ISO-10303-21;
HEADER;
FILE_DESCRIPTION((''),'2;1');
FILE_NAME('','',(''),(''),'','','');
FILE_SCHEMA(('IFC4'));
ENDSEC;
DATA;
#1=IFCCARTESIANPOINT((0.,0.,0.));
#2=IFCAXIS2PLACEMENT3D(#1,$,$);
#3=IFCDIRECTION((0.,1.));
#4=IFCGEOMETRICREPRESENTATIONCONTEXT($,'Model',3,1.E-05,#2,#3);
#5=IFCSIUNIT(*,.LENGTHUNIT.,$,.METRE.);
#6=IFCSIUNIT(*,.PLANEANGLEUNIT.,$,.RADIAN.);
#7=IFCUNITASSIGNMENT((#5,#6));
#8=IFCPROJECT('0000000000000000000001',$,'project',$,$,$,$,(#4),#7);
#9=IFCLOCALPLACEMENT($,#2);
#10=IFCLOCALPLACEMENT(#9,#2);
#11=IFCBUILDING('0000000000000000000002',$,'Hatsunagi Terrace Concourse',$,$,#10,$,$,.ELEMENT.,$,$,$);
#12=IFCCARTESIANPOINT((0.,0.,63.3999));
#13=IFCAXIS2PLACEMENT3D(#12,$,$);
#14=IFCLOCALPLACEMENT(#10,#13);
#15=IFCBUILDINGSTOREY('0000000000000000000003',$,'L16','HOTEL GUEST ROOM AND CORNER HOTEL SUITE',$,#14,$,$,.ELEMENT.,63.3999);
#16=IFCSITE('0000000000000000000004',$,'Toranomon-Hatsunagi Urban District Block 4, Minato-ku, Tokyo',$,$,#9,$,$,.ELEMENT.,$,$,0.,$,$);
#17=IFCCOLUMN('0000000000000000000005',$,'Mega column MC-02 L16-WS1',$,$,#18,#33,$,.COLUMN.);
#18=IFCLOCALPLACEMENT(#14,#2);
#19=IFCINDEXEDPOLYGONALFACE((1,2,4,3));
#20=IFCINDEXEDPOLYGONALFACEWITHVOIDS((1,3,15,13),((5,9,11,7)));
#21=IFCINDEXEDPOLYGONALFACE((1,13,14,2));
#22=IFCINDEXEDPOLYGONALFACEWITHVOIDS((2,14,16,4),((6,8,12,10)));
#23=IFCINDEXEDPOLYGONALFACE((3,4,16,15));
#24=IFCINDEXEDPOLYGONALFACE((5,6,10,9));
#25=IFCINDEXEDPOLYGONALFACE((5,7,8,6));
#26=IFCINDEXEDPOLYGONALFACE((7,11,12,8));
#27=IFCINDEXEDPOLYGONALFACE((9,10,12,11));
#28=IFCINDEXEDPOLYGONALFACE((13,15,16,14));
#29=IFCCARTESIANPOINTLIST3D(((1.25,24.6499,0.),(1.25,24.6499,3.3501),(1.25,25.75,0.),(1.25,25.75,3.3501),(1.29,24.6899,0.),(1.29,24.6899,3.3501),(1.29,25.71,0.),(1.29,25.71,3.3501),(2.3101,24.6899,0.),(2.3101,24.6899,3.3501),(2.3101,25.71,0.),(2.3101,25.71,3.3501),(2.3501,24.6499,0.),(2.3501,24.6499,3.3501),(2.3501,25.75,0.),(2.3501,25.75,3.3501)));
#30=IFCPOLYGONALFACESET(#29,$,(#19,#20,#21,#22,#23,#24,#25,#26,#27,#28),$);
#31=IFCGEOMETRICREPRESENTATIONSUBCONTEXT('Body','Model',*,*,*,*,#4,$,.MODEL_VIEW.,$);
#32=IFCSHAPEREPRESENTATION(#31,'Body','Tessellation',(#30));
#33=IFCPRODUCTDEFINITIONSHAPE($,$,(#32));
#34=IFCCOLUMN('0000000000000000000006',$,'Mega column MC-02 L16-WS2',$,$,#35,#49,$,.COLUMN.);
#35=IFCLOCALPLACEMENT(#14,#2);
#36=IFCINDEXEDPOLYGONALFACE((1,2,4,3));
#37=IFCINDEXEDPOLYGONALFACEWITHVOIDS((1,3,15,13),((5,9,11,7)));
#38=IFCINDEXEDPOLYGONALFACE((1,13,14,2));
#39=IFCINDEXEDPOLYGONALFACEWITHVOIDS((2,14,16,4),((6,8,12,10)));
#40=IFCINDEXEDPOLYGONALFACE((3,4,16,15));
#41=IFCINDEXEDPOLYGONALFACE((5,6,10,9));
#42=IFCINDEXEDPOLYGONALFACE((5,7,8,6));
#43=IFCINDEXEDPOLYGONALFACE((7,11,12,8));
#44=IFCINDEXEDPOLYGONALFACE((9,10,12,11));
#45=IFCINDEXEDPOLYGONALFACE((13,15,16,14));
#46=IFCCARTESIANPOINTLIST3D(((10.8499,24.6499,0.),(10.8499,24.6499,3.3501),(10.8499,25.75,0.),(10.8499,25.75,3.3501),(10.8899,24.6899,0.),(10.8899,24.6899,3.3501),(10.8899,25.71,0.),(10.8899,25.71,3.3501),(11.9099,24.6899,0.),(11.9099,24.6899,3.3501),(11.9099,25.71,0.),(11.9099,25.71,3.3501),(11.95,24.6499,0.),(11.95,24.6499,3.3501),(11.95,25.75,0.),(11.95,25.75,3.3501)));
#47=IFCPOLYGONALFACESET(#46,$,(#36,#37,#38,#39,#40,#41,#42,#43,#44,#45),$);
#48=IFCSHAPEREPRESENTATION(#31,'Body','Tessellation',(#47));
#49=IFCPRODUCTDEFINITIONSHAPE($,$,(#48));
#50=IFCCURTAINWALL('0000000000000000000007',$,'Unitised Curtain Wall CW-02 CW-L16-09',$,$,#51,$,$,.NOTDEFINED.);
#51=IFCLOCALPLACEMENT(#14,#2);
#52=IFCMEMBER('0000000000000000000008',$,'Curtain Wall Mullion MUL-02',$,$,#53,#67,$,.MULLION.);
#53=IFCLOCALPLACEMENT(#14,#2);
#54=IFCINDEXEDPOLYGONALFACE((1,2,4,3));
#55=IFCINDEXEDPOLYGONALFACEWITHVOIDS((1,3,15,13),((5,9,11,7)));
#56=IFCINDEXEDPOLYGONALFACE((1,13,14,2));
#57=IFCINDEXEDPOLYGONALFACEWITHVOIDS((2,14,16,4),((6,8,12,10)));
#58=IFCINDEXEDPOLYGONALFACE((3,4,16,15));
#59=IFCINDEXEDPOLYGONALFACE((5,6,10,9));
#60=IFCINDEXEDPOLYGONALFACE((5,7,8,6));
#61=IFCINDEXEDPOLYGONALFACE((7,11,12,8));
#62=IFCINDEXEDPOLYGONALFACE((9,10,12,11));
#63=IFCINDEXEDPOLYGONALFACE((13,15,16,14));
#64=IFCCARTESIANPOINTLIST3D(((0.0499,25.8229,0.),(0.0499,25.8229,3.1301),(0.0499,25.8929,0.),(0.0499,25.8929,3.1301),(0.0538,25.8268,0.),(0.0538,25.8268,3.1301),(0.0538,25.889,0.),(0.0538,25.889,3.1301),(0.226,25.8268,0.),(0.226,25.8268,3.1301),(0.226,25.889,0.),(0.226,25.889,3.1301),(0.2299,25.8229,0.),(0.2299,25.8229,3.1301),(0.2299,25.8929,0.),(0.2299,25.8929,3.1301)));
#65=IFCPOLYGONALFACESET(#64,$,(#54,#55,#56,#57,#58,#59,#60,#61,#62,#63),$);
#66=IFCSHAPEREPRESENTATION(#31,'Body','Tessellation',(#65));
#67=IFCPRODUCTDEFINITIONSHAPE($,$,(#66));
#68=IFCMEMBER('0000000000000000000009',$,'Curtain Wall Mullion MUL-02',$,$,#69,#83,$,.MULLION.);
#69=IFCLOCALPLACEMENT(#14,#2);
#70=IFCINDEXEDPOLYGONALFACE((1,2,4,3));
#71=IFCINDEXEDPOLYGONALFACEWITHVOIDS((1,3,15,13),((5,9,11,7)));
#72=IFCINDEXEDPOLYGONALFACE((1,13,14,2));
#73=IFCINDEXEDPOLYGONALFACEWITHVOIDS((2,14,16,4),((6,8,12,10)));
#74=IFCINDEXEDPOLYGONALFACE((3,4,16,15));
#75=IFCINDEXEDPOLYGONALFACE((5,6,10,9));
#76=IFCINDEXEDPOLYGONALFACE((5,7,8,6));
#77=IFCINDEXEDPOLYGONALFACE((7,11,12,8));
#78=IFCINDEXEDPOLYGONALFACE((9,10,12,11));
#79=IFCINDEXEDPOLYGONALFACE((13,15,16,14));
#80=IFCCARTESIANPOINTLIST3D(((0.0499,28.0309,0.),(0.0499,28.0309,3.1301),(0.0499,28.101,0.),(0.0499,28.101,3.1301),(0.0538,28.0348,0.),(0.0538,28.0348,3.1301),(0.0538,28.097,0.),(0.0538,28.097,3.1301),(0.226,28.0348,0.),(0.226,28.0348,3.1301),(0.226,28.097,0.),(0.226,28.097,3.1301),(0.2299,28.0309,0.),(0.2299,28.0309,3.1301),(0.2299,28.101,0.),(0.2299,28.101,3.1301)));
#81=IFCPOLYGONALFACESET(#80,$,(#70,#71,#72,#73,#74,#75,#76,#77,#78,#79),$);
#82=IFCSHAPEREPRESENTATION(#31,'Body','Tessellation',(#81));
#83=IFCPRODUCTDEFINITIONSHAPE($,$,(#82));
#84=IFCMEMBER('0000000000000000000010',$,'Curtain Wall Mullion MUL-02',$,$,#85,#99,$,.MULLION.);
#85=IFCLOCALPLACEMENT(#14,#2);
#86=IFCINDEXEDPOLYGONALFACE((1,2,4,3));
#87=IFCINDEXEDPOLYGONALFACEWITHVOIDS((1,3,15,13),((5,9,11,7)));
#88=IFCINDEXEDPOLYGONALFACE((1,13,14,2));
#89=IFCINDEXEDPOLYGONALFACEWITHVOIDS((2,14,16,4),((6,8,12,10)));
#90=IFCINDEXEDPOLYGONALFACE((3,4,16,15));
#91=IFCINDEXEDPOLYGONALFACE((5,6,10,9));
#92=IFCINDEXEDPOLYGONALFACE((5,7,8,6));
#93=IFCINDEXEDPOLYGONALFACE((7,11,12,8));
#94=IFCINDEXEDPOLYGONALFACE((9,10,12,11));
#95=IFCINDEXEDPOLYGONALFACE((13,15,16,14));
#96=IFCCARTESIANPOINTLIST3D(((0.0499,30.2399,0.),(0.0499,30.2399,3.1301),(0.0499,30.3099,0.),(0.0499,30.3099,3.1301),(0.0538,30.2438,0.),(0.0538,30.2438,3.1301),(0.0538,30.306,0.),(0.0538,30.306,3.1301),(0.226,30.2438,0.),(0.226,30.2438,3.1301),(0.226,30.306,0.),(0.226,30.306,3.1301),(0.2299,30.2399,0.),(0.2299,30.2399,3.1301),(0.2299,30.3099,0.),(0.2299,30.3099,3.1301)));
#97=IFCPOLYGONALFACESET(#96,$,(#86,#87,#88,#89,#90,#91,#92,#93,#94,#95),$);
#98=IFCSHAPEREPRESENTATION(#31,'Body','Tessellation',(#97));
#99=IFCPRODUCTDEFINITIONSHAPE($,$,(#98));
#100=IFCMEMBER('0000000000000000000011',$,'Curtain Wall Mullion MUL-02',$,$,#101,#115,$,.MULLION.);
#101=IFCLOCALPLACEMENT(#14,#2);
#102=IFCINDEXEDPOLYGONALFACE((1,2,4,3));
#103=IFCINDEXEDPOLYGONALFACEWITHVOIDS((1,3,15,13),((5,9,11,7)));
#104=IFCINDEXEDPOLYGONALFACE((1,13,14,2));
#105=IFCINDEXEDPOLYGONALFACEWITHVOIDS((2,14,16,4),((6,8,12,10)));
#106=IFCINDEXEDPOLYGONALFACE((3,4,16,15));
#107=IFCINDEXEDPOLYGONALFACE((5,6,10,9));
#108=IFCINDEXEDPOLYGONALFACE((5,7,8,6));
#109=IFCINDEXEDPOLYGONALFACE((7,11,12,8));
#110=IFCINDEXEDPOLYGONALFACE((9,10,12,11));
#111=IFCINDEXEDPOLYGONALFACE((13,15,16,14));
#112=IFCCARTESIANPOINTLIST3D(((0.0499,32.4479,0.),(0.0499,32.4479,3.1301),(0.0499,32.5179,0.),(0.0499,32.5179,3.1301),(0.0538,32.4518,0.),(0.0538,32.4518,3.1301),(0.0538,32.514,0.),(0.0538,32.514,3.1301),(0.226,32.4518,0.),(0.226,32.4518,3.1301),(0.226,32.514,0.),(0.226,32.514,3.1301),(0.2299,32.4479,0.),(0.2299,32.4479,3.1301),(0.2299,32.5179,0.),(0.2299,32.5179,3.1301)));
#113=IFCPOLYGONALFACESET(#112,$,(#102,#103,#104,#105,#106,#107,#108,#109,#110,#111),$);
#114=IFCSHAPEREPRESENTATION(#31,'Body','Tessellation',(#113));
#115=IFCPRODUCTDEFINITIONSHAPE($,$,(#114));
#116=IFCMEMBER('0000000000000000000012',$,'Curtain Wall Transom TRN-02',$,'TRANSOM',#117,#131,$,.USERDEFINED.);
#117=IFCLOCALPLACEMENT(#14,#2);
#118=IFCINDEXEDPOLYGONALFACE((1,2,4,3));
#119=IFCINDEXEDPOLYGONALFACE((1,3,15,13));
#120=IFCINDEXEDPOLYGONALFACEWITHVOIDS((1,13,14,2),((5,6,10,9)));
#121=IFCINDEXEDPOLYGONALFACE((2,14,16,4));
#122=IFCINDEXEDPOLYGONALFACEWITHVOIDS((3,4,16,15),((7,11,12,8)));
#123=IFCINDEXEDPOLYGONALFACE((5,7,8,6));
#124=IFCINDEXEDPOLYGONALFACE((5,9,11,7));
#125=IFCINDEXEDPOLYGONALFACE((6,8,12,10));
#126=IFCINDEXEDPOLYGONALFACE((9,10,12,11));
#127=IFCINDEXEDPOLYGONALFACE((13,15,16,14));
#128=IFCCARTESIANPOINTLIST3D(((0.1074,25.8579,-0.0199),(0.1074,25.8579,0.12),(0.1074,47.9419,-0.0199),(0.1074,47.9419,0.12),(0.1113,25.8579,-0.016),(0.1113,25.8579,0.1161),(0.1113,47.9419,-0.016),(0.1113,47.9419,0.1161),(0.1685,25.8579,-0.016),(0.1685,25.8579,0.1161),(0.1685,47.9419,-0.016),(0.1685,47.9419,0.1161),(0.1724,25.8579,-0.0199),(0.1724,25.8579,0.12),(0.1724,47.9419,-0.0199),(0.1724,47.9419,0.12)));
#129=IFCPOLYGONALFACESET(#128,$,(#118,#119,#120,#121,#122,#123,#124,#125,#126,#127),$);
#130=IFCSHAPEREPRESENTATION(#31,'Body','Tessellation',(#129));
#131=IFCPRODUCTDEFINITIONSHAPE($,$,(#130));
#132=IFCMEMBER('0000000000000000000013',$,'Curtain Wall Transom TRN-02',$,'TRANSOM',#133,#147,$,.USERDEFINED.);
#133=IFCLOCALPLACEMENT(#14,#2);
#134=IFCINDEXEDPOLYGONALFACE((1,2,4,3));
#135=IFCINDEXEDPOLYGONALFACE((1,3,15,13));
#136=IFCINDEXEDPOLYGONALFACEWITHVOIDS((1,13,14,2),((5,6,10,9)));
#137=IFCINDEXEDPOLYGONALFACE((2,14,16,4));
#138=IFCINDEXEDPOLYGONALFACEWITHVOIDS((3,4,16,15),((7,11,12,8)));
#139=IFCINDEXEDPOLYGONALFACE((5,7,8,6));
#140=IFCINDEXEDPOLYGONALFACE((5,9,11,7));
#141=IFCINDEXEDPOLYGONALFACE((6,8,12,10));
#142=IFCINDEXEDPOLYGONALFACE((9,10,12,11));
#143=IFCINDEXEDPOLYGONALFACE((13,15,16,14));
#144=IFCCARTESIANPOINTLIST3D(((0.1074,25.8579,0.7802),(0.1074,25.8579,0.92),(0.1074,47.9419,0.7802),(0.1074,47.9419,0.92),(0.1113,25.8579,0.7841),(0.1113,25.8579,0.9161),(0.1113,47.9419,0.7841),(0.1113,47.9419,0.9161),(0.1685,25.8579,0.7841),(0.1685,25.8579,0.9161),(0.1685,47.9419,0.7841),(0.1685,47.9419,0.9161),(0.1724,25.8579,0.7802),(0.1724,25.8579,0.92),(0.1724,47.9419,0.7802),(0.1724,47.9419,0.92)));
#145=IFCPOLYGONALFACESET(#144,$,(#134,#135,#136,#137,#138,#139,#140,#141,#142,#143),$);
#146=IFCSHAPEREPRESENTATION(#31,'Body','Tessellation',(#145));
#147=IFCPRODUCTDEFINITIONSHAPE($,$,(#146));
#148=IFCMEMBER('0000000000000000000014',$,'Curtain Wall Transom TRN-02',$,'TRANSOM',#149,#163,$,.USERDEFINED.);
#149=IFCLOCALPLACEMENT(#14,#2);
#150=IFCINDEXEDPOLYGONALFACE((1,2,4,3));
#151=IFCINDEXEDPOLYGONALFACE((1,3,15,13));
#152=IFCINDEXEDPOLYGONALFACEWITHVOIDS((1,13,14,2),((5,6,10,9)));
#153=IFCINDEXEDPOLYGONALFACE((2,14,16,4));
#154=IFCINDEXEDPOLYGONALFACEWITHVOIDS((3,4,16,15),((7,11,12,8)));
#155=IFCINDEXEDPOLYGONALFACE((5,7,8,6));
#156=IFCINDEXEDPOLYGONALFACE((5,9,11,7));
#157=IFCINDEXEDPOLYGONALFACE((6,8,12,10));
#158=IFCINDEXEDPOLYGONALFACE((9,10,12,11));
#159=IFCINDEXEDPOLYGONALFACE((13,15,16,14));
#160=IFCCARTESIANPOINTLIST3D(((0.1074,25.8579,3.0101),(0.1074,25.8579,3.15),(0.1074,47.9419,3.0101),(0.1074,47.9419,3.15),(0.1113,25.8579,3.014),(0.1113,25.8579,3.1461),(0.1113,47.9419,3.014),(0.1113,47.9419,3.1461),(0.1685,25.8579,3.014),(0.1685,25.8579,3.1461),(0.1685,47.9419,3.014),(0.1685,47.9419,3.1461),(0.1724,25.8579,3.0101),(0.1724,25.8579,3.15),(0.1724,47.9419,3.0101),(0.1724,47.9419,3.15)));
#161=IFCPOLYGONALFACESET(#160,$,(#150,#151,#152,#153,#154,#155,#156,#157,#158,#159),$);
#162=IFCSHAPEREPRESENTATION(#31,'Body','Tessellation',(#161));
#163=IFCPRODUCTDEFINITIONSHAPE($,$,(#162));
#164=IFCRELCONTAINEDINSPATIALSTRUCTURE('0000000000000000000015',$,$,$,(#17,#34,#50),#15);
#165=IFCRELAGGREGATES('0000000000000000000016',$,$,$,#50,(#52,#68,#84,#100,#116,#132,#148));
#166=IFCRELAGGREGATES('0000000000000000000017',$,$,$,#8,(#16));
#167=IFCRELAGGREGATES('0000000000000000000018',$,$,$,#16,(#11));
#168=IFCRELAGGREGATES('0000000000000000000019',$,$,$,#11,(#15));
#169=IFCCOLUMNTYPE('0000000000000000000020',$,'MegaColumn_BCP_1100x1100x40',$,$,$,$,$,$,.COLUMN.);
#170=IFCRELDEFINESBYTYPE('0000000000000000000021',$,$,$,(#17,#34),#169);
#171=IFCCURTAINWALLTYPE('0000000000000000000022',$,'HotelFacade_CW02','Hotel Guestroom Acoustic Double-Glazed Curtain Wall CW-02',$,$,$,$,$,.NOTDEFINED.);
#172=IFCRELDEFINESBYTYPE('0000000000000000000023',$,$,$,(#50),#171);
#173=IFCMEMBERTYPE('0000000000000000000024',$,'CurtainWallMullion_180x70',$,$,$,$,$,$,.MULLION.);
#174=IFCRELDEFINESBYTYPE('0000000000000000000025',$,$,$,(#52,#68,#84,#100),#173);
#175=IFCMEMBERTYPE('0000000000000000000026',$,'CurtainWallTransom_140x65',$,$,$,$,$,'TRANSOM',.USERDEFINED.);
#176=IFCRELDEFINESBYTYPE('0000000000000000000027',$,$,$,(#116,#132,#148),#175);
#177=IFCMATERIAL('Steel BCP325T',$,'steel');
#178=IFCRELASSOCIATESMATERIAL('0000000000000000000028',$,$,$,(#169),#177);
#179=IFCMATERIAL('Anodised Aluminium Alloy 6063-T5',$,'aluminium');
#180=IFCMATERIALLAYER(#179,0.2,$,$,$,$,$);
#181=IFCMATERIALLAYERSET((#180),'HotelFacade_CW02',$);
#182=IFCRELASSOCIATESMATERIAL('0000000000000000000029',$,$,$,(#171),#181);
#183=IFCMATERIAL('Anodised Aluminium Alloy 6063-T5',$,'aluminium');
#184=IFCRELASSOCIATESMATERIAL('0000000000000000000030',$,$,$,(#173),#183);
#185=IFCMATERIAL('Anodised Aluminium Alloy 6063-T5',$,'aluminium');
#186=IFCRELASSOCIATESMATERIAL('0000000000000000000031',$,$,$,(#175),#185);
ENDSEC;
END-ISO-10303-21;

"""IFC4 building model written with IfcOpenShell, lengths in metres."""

from ifc_helpers import new_model, si_unit, direction, frame, origin, origin_2d, place, context, subcontext, project, spatial, hollow_rectangle, extrude, material, layer, layer_set, material_profile, profile_set, type_object, element, aggregate, save


model = new_model("IFC4")

# Units and contexts
model_context = context("Model", 3, precision=1e-05, world=origin(), true_north=direction((0.0, 1.0)))
body_context = subcontext(model_context, "Body", "Model", "MODEL_VIEW")
ifc_project = project(units=[si_unit("LENGTHUNIT", "METRE"), si_unit("PLANEANGLEUNIT", "RADIAN")], contexts=[model_context])

# Site, building, storey
site_placement = place(None, origin())
site = spatial("IfcSite", under=ifc_project, at=site_placement, Name="Toranomon-Hatsunagi Urban District Block 4, Minato-ku, Tokyo", CompositionType="ELEMENT", RefElevation=0.0)
building_placement = place(site_placement, origin())
building = spatial("IfcBuilding", under=site, at=building_placement, Name="Hatsunagi Terrace Concourse", CompositionType="ELEMENT")
storey_placement = place(building_placement, frame((0.0, 0.0, 63.3999)))
storey = spatial("IfcBuildingStorey", under=building, at=storey_placement, Name="L16", Description="HOTEL GUEST ROOM AND CORNER HOTEL SUITE", CompositionType="ELEMENT", Elevation=63.3999)

# Columns
ifc_material_1 = material(Name="Steel BCP325T", Category="steel")
ifc_material_profile_1 = material_profile(ifc_material_1, hollow_rectangle(XDim=1.1001, YDim=1.1001, WallThickness=0.04, at=origin_2d()), Name="BCP-1100x1100x40")
ifc_profile_set_1 = profile_set([ifc_material_profile_1], Name="Steel BCP325T")
column_type = type_object("IfcColumnType", Name="MegaColumn_BCP_1100x1100x40", PredefinedType="COLUMN", material=ifc_profile_set_1)
for number, where, z_axis, x_axis, name in (
    (1, (1.8, 25.2, 0.0), (0.0, 0.0, 1.0), (1.0, 0.0, 0.0), "Mega column MC-02 L16-WS1"),
    (2, (11.3999, 25.2, 0.0), (0.0, 0.0, 1.0), (1.0, 0.0, 0.0), "Mega column MC-02 L16-WS2"),
):
    element("IfcColumn", number, at=place(storey_placement, frame(where, z_axis=z_axis, x_axis=x_axis)), inside=storey, type_object=column_type, Name=name, PredefinedType="COLUMN", context=body_context, shape_type="SweptSolid", body=[
        extrude(hollow_rectangle(XDim=1.1001, YDim=1.1001, WallThickness=0.04, at=origin_2d()), origin(), (0.0, 0.0, 1.0), 3.3501),
    ])

# Curtain wall, members
ifc_material_2 = material(Name="Anodised Aluminium Alloy 6063-T5", Category="aluminium")
ifc_layer_1 = layer(ifc_material_2, 0.2)
ifc_layer_set_1 = layer_set([ifc_layer_1], Name="HotelFacade_CW02")
curtain_wall_type = type_object("IfcCurtainWallType", Name="HotelFacade_CW02", Description="Hotel Guestroom Acoustic Double-Glazed Curtain Wall CW-02", PredefinedType="NOTDEFINED", material=ifc_layer_set_1)
curtain_wall_placement = place(storey_placement, origin())
curtain_wall = element("IfcCurtainWall", 3, at=curtain_wall_placement, inside=storey, type_object=curtain_wall_type, Name="Unitised Curtain Wall CW-02 CW-L16-09", PredefinedType="NOTDEFINED")
ifc_material_3 = material(Name="Anodised Aluminium Alloy 6063-T5", Category="aluminium")
ifc_material_profile_2 = material_profile(ifc_material_3, hollow_rectangle(XDim=0.0701, YDim=0.1799, WallThickness=0.0039, at=origin_2d()), Name="ALU-MUL-180x70x4")
ifc_profile_set_2 = profile_set([ifc_material_profile_2], Name="Anodised Aluminium Alloy 6063-T5")
member_type_1 = type_object("IfcMemberType", Name="CurtainWallMullion_180x70", PredefinedType="MULLION", material=ifc_profile_set_2)
member_1_placement = place(storey_placement, frame((0.1399, 25.8579, 0.0), z_axis=(0.0, 0.0, 1.0), x_axis=(0.0, 1.0, 0.0)))
member_1 = element("IfcMember", 4, at=member_1_placement, type_object=member_type_1, Name="Curtain Wall Mullion MUL-02", PredefinedType="MULLION", context=body_context, shape_type="SweptSolid", body=[
    extrude(hollow_rectangle(XDim=0.0701, YDim=0.1799, WallThickness=0.0039, at=origin_2d()), origin(), (0.0, 0.0, 1.0), 3.1301),
])
member_2_placement = place(storey_placement, frame((0.1399, 28.0659, 0.0), z_axis=(0.0, 0.0, 1.0), x_axis=(0.0, 1.0, 0.0)))
member_2 = element("IfcMember", 5, at=member_2_placement, type_object=member_type_1, Name="Curtain Wall Mullion MUL-02", PredefinedType="MULLION", context=body_context, shape_type="SweptSolid", body=[
    extrude(hollow_rectangle(XDim=0.0701, YDim=0.1799, WallThickness=0.0039, at=origin_2d()), origin(), (0.0, 0.0, 1.0), 3.1301),
])
member_3_placement = place(storey_placement, frame((0.1399, 30.2749, 0.0), z_axis=(0.0, 0.0, 1.0), x_axis=(0.0, 1.0, 0.0)))
member_3 = element("IfcMember", 6, at=member_3_placement, type_object=member_type_1, Name="Curtain Wall Mullion MUL-02", PredefinedType="MULLION", context=body_context, shape_type="SweptSolid", body=[
    extrude(hollow_rectangle(XDim=0.0701, YDim=0.1799, WallThickness=0.0039, at=origin_2d()), origin(), (0.0, 0.0, 1.0), 3.1301),
])
member_4_placement = place(storey_placement, frame((0.1399, 32.4829, 0.0), z_axis=(0.0, 0.0, 1.0), x_axis=(0.0, 1.0, 0.0)))
member_4 = element("IfcMember", 7, at=member_4_placement, type_object=member_type_1, Name="Curtain Wall Mullion MUL-02", PredefinedType="MULLION", context=body_context, shape_type="SweptSolid", body=[
    extrude(hollow_rectangle(XDim=0.0701, YDim=0.1799, WallThickness=0.0039, at=origin_2d()), origin(), (0.0, 0.0, 1.0), 3.1301),
])
ifc_material_4 = material(Name="Anodised Aluminium Alloy 6063-T5", Category="aluminium")
ifc_material_profile_3 = material_profile(ifc_material_4, hollow_rectangle(XDim=0.0649, YDim=0.1399, WallThickness=0.0039, at=origin_2d()), Name="ALU-TRN-140x65x4")
ifc_profile_set_3 = profile_set([ifc_material_profile_3], Name="Anodised Aluminium Alloy 6063-T5")
member_type_2 = type_object("IfcMemberType", Name="CurtainWallTransom_140x65", ElementType="TRANSOM", PredefinedType="USERDEFINED", material=ifc_profile_set_3)
member_5_placement = place(storey_placement, frame((0.1399, 25.8579, 0.05), z_axis=(0.0, 1.0, 0.0), x_axis=(-1.0, 0.0, 0.0)))
member_5 = element("IfcMember", 8, at=member_5_placement, type_object=member_type_2, Name="Curtain Wall Transom TRN-02", ObjectType="TRANSOM", PredefinedType="USERDEFINED", context=body_context, shape_type="SweptSolid", body=[
    extrude(hollow_rectangle(XDim=0.0649, YDim=0.1399, WallThickness=0.0039, at=origin_2d()), origin(), (0.0, 0.0, 1.0), 22.084),
])
member_6_placement = place(storey_placement, frame((0.1399, 25.8579, 0.8501), z_axis=(0.0, 1.0, 0.0), x_axis=(-1.0, 0.0, 0.0)))
member_6 = element("IfcMember", 9, at=member_6_placement, type_object=member_type_2, Name="Curtain Wall Transom TRN-02", ObjectType="TRANSOM", PredefinedType="USERDEFINED", context=body_context, shape_type="SweptSolid", body=[
    extrude(hollow_rectangle(XDim=0.0649, YDim=0.1399, WallThickness=0.0039, at=origin_2d()), origin(), (0.0, 0.0, 1.0), 22.084),
])
member_7_placement = place(storey_placement, frame((0.1399, 25.8579, 3.0801), z_axis=(0.0, 1.0, 0.0), x_axis=(-1.0, 0.0, 0.0)))
member_7 = element("IfcMember", 10, at=member_7_placement, type_object=member_type_2, Name="Curtain Wall Transom TRN-02", ObjectType="TRANSOM", PredefinedType="USERDEFINED", context=body_context, shape_type="SweptSolid", body=[
    extrude(hollow_rectangle(XDim=0.0649, YDim=0.1399, WallThickness=0.0039, at=origin_2d()), origin(), (0.0, 0.0, 1.0), 22.084),
])

aggregate(curtain_wall, [member_1, member_2, member_3, member_4, member_5, member_6, member_7])

save(model, "model.ifc")
